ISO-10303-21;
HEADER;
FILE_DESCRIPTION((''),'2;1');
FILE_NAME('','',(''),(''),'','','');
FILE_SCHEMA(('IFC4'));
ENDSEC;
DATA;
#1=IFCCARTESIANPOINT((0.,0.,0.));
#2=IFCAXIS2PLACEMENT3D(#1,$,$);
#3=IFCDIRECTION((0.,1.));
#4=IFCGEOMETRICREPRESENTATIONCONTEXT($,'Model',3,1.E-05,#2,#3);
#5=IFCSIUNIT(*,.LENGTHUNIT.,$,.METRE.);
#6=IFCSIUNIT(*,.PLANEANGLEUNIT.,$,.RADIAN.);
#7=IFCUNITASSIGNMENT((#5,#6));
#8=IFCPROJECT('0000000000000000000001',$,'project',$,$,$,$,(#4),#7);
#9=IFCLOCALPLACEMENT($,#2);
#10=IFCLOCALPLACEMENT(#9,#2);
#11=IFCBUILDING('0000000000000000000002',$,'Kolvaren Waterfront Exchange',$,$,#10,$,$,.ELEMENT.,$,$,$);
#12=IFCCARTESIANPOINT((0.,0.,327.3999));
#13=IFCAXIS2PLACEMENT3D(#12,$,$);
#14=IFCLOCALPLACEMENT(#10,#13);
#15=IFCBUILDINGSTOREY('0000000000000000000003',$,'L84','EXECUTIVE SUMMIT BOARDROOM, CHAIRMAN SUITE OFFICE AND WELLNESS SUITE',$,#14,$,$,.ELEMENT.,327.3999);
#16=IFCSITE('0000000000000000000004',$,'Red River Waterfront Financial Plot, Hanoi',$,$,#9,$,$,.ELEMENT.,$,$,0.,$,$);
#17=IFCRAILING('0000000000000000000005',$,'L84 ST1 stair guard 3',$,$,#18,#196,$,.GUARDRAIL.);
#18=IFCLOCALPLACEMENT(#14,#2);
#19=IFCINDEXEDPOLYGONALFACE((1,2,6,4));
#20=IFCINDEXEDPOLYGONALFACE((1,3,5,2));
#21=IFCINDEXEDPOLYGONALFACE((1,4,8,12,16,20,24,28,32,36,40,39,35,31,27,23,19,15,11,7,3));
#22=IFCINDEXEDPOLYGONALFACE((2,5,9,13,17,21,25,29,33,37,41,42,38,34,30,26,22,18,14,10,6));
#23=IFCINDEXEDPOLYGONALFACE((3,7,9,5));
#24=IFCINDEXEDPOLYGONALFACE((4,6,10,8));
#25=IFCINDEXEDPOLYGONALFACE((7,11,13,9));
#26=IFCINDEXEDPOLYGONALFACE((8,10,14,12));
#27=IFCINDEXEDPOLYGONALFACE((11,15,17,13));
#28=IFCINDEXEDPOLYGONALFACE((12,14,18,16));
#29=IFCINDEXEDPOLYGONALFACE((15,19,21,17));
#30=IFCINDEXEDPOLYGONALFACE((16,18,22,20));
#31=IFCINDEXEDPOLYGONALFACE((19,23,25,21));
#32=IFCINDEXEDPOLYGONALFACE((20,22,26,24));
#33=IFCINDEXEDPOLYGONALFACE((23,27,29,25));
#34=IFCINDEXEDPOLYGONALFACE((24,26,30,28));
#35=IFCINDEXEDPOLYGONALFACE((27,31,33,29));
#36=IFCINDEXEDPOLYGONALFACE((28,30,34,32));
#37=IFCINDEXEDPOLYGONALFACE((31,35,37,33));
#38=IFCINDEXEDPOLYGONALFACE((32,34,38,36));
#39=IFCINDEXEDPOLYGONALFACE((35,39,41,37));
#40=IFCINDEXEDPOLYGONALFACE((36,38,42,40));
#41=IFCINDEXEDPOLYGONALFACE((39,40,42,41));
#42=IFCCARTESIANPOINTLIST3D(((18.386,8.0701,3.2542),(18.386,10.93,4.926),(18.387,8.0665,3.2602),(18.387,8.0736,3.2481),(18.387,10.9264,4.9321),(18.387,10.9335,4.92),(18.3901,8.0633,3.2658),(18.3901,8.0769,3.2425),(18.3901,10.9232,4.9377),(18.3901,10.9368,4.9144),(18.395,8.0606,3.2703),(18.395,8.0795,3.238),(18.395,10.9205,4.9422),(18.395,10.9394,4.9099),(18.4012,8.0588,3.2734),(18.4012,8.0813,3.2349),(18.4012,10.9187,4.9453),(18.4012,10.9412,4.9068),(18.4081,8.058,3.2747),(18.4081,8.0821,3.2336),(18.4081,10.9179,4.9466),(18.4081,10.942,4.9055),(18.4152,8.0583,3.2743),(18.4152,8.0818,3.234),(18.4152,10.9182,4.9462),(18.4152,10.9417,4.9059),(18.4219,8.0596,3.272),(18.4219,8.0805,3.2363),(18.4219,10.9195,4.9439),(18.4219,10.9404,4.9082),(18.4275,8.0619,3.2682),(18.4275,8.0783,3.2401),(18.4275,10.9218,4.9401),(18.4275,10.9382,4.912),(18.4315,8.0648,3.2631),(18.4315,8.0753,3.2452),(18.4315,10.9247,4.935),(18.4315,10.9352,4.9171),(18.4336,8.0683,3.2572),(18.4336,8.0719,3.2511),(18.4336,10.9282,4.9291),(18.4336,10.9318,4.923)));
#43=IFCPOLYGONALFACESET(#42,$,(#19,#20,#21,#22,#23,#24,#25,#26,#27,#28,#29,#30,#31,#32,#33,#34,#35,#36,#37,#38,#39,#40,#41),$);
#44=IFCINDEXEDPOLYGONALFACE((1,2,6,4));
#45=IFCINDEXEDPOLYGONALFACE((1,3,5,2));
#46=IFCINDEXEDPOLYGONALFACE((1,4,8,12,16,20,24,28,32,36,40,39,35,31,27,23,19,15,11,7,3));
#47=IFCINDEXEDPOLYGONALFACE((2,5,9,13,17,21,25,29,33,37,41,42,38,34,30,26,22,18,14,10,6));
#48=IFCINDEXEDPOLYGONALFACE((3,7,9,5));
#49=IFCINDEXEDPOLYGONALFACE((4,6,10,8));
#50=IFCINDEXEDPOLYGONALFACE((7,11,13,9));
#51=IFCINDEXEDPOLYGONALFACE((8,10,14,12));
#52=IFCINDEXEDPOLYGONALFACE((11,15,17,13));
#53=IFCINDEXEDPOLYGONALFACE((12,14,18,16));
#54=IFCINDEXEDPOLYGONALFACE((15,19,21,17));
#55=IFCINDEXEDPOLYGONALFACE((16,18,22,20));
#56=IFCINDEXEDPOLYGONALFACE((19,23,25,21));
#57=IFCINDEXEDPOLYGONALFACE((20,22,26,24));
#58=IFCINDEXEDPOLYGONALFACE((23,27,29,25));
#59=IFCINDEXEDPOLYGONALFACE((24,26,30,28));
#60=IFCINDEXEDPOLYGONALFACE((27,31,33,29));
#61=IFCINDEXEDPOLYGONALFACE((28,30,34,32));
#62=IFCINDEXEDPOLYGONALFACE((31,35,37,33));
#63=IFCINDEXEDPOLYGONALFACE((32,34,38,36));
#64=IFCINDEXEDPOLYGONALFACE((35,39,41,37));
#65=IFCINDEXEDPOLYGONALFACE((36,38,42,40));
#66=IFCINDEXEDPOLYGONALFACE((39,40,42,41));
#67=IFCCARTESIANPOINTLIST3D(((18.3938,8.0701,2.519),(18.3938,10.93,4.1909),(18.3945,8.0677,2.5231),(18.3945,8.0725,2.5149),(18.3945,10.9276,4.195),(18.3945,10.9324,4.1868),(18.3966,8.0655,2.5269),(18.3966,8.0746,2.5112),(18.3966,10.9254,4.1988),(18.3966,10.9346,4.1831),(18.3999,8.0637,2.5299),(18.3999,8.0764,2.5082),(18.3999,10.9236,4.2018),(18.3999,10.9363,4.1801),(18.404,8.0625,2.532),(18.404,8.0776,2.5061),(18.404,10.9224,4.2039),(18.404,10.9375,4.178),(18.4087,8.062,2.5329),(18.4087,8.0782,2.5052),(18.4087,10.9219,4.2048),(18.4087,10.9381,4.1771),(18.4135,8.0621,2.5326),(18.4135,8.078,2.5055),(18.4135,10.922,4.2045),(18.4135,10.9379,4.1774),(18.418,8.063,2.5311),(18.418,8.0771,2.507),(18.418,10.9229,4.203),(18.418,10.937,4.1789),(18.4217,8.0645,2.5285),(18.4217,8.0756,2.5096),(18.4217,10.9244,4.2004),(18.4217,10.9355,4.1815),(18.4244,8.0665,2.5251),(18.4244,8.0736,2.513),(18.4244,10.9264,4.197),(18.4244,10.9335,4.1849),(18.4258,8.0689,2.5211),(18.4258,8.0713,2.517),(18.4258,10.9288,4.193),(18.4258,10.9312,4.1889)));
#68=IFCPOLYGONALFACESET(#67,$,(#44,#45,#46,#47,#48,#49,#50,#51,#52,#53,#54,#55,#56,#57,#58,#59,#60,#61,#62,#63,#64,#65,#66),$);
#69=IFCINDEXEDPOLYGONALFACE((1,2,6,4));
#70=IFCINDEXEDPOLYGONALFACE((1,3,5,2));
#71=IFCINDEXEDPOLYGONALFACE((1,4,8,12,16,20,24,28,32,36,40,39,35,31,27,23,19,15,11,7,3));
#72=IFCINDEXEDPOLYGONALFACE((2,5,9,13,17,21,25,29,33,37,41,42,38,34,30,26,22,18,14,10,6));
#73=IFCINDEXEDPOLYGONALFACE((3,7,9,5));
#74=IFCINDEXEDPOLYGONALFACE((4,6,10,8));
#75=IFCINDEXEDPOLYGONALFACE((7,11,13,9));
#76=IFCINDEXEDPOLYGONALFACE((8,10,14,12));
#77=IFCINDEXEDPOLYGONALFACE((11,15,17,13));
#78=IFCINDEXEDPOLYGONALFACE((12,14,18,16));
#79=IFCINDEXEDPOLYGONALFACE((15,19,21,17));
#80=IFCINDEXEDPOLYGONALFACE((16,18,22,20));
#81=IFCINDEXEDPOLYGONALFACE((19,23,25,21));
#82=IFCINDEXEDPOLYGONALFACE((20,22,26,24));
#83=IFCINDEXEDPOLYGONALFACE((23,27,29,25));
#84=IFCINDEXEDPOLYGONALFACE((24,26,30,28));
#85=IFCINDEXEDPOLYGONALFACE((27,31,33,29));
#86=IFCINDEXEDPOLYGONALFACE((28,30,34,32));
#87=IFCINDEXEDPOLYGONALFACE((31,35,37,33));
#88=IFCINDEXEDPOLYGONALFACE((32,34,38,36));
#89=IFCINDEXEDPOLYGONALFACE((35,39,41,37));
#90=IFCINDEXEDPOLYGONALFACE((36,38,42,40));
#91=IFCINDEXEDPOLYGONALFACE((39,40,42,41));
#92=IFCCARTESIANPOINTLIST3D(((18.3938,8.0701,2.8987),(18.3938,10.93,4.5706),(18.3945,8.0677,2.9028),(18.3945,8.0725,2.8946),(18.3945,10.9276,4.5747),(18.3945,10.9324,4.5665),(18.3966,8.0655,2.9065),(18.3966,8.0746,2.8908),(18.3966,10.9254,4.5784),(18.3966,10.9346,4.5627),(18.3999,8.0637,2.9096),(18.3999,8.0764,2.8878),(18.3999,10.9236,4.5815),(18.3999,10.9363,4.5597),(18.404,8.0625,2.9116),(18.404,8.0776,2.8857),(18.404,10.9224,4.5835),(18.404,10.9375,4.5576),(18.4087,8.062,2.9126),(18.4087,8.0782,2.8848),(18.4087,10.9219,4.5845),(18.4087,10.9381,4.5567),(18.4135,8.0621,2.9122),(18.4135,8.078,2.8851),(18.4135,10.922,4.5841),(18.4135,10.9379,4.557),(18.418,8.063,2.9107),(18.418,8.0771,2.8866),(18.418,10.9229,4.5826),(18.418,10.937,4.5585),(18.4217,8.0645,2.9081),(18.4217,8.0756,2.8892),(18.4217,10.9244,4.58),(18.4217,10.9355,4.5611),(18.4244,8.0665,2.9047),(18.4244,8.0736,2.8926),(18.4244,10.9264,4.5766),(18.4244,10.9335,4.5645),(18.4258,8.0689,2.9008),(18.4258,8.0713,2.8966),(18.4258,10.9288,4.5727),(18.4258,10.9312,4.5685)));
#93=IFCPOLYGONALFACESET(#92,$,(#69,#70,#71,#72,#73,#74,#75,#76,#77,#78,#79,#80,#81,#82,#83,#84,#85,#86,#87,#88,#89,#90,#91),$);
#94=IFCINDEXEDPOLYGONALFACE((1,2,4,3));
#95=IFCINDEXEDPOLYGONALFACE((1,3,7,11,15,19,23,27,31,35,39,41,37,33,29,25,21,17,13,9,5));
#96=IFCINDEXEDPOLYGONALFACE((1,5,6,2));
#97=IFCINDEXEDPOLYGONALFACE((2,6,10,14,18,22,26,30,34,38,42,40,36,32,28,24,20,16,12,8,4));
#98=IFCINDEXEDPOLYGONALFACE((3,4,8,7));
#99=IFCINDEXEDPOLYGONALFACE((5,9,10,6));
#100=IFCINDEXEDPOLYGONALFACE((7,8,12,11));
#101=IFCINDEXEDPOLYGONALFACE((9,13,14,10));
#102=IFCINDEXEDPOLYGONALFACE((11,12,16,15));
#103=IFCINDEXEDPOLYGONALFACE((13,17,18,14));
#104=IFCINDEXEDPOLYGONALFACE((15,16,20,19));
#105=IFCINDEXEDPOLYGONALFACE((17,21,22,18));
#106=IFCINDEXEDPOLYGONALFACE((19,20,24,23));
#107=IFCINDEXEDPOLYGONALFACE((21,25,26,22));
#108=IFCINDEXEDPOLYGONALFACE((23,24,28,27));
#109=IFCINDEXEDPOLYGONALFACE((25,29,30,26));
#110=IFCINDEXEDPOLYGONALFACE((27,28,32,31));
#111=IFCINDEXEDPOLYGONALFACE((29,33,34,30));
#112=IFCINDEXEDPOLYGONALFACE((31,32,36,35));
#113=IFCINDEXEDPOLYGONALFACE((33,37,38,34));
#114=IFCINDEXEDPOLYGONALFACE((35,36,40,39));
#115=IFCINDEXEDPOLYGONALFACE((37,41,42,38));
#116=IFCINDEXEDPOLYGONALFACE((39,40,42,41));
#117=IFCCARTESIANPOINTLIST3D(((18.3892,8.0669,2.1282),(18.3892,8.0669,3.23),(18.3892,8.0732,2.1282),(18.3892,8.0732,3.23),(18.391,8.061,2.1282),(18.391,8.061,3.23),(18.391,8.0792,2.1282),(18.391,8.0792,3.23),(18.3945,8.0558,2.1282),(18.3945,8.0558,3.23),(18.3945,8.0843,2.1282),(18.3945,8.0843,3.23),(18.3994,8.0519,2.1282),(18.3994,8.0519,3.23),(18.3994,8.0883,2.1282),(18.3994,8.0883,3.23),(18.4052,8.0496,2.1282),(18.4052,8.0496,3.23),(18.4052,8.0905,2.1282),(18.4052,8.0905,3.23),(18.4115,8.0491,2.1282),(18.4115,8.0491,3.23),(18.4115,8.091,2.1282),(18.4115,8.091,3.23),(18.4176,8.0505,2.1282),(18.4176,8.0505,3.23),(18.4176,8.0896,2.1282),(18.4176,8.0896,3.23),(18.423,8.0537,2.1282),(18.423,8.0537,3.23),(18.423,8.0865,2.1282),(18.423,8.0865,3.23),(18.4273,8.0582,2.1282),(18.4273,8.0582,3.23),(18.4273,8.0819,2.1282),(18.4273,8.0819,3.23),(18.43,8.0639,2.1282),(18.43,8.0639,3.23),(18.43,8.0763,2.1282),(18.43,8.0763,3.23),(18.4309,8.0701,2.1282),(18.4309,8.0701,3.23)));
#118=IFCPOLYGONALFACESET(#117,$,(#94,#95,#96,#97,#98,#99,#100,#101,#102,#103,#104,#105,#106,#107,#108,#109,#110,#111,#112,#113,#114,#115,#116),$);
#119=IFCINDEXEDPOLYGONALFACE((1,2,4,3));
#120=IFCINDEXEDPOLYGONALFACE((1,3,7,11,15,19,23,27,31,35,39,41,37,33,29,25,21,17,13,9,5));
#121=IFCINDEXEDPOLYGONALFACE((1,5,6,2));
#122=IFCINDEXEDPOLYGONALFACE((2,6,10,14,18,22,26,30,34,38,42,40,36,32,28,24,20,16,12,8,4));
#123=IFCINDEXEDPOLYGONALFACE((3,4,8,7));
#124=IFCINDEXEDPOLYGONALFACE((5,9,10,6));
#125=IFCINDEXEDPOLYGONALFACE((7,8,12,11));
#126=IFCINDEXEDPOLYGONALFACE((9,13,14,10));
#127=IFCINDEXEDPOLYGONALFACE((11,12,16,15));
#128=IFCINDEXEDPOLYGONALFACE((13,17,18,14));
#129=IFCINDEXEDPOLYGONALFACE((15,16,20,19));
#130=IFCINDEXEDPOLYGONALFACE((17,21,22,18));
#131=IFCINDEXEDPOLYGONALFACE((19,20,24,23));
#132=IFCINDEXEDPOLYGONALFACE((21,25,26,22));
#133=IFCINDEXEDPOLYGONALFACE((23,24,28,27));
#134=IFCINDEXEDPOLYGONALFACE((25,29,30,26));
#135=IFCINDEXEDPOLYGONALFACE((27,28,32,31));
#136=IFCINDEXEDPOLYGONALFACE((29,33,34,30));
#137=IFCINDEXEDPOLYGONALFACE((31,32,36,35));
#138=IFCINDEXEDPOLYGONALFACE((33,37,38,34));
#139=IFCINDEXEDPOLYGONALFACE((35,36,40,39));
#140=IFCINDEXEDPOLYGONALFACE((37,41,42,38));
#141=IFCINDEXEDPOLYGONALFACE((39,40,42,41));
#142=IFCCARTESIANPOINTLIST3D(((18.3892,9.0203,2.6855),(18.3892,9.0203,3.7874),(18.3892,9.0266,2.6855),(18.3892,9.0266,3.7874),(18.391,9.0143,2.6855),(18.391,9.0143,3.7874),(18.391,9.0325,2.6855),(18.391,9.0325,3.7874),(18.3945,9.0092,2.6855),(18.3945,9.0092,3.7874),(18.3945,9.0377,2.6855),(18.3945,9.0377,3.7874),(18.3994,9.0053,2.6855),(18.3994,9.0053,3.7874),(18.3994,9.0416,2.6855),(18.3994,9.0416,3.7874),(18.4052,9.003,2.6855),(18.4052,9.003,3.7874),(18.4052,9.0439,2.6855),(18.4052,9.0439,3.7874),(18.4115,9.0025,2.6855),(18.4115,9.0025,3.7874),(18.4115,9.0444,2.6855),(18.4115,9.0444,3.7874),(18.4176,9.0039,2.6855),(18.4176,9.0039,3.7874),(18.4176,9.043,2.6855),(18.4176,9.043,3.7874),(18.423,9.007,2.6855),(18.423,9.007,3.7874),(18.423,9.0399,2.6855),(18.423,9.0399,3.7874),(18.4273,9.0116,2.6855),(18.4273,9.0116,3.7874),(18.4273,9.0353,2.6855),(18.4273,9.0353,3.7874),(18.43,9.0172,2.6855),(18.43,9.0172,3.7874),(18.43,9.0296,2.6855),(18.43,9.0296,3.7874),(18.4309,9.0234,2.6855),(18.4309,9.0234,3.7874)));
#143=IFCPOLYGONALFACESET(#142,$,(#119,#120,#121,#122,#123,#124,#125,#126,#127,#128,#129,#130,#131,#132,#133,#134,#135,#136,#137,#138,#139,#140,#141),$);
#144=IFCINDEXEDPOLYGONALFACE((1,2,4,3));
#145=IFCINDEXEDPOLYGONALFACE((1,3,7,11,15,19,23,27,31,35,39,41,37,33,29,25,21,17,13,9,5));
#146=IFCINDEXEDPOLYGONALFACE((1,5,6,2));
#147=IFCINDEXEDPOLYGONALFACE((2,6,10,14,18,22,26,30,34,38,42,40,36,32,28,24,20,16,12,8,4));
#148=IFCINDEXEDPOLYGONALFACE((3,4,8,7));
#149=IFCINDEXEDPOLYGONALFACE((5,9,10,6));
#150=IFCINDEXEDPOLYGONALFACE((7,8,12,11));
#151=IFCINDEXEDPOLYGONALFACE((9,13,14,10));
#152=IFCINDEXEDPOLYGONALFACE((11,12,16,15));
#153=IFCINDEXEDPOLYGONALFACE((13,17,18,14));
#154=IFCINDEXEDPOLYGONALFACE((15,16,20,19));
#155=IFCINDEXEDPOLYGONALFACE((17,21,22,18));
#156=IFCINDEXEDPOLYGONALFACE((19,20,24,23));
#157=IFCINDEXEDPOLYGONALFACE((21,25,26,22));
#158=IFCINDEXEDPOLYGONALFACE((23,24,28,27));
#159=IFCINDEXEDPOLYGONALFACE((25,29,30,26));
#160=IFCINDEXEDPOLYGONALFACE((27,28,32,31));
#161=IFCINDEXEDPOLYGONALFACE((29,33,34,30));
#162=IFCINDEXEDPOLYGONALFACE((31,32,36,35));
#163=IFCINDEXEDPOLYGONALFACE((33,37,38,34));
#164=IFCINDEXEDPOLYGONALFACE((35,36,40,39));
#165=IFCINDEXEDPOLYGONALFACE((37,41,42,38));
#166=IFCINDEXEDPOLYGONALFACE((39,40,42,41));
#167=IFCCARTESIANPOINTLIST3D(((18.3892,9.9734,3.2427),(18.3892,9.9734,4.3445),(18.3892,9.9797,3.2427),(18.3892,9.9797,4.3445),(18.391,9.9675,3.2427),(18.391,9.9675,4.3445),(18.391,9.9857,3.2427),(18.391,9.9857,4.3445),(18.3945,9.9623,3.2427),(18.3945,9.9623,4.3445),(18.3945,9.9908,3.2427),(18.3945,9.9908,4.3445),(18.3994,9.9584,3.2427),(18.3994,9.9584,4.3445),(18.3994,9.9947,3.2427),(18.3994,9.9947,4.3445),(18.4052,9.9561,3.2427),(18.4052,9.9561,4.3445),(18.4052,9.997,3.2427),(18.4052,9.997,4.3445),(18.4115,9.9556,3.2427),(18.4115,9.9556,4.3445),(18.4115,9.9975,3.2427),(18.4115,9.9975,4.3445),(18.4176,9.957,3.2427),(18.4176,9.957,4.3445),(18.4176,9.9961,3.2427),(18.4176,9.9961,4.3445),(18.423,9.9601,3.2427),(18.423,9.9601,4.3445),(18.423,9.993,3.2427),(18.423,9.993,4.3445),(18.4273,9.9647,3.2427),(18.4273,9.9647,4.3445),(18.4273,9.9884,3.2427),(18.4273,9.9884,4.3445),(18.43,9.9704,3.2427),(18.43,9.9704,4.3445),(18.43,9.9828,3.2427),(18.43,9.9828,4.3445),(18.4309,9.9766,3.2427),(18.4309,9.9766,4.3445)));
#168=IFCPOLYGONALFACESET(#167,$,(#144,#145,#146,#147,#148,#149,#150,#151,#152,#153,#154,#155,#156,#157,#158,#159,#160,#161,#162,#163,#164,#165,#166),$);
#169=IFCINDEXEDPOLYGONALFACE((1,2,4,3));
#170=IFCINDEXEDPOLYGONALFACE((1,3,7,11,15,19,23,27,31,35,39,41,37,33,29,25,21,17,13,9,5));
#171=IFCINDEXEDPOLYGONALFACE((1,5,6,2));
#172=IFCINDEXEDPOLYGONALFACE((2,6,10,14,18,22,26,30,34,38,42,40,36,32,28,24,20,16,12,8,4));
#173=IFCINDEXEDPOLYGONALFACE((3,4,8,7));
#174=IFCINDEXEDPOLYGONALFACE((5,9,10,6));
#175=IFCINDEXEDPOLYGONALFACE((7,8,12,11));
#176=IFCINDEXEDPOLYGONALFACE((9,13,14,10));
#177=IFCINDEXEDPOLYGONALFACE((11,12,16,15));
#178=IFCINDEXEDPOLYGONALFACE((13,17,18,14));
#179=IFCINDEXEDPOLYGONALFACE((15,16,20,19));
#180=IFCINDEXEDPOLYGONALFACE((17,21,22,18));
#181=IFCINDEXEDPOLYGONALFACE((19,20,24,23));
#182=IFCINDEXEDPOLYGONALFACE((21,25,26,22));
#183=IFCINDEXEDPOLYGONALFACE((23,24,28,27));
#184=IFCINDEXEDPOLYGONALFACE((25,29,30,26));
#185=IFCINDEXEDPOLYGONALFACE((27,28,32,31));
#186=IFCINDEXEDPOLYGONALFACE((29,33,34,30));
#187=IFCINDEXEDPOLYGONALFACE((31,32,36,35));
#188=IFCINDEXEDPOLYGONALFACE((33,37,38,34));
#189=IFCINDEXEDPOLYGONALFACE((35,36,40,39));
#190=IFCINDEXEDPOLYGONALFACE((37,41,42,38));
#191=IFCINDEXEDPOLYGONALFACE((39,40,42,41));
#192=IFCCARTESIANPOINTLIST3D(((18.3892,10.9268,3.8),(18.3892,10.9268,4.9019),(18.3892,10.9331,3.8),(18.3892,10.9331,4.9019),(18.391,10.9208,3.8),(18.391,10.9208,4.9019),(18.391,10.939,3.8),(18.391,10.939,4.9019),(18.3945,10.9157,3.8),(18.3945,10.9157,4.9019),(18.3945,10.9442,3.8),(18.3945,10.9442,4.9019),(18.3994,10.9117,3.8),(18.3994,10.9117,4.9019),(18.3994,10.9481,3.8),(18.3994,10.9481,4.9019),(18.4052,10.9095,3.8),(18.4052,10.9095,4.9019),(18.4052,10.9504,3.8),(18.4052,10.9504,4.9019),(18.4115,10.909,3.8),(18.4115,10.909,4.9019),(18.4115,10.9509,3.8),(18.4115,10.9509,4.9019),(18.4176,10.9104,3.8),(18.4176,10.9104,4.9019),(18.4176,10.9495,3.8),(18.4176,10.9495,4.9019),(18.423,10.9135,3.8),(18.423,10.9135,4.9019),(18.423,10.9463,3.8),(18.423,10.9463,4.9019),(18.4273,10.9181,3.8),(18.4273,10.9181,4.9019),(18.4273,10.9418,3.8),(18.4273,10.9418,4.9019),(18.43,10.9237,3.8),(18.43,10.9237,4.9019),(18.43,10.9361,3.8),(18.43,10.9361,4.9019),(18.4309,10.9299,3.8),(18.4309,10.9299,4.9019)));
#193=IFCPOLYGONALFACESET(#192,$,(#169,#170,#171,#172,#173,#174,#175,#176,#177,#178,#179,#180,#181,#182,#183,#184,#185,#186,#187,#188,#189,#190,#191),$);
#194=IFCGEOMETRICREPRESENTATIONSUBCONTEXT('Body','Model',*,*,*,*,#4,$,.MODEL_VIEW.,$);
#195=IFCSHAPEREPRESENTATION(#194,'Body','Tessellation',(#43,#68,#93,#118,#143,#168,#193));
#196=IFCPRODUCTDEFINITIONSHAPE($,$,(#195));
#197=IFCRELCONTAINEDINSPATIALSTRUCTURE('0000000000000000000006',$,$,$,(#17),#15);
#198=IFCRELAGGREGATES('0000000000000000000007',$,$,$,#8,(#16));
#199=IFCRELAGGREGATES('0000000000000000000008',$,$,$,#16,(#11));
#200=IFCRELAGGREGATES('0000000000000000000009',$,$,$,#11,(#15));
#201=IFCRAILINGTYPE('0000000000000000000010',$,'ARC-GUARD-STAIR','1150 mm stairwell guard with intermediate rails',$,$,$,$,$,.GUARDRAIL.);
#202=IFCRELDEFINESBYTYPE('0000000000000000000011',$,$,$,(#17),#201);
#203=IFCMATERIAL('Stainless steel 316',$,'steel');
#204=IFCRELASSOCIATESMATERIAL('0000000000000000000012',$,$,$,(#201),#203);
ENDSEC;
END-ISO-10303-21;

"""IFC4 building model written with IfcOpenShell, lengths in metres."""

from ifc_helpers import new_model, si_unit, direction, frame, origin, origin_2d, place, context, subcontext, project, spatial, circle, extrude, material, type_object, element, save


model = new_model("IFC4")

# Units and contexts
model_context = context("Model", 3, precision=1e-05, world=origin(), true_north=direction((0.0, 1.0)))
body_context = subcontext(model_context, "Body", "Model", "MODEL_VIEW")
ifc_project = project(units=[si_unit("LENGTHUNIT", "METRE"), si_unit("PLANEANGLEUNIT", "RADIAN")], contexts=[model_context])

# Site, building, storey
site_placement = place(None, origin())
site = spatial("IfcSite", under=ifc_project, at=site_placement, Name="Red River Waterfront Financial Plot, Hanoi", CompositionType="ELEMENT", RefElevation=0.0)
building_placement = place(site_placement, origin())
building = spatial("IfcBuilding", under=site, at=building_placement, Name="Kolvaren Waterfront Exchange", CompositionType="ELEMENT")
storey_placement = place(building_placement, frame((0.0, 0.0, 327.3999)))
storey = spatial("IfcBuildingStorey", under=building, at=storey_placement, Name="L84", Description="EXECUTIVE SUMMIT BOARDROOM, CHAIRMAN SUITE OFFICE AND WELLNESS SUITE", CompositionType="ELEMENT", Elevation=327.3999)

# Railing
ifc_material_1 = material(Name="Stainless steel 316", Category="steel")
railing_type_1 = type_object("IfcRailingType", Name="ARC-GUARD-STAIR", Description="1150 mm stairwell guard with intermediate rails", PredefinedType="GUARDRAIL", material=ifc_material_1)
railing_1_placement = place(storey_placement, frame((18.4099, 8.0701, 2.1282)))
element("IfcRailing", 1, at=railing_1_placement, inside=storey, type_object=railing_type_1, Name="L84 ST1 stair guard 3", PredefinedType="GUARDRAIL", context=body_context, shape_type="SweptSolid", body=[
    extrude(circle(Radius=0.0239, at=origin_2d()), frame((0.0, 0.0, 1.126), z_axis=(0.0, 0.863303, 0.504686), x_axis=(-1.0, 0.0, 0.0)), (0.0, 0.0, 1.0), 3.3127),
    extrude(circle(Radius=0.0161, at=origin_2d()), frame((0.0, 0.0, 0.3909), z_axis=(0.0, 0.863303, 0.504686), x_axis=(-1.0, 0.0, 0.0)), (0.0, 0.0, 1.0), 3.3127),
    extrude(circle(Radius=0.0161, at=origin_2d()), frame((0.0, 0.0, 0.7705), z_axis=(0.0, 0.863303, 0.504686), x_axis=(-1.0, 0.0, 0.0)), (0.0, 0.0, 1.0), 3.3127),
    extrude(circle(Radius=0.021, at=origin_2d()), origin(), (0.0, 0.0, 1.0), 1.1018),
    extrude(circle(Radius=0.021, at=origin_2d()), frame((0.0, 0.9534, 0.5574)), (0.0, 0.0, 1.0), 1.1018),
    extrude(circle(Radius=0.021, at=origin_2d()), frame((0.0, 1.9065, 1.1145)), (0.0, 0.0, 1.0), 1.1018),
    extrude(circle(Radius=0.021, at=origin_2d()), frame((0.0, 2.8599, 1.6719)), (0.0, 0.0, 1.0), 1.1018),
])

save(model, "model.ifc")
